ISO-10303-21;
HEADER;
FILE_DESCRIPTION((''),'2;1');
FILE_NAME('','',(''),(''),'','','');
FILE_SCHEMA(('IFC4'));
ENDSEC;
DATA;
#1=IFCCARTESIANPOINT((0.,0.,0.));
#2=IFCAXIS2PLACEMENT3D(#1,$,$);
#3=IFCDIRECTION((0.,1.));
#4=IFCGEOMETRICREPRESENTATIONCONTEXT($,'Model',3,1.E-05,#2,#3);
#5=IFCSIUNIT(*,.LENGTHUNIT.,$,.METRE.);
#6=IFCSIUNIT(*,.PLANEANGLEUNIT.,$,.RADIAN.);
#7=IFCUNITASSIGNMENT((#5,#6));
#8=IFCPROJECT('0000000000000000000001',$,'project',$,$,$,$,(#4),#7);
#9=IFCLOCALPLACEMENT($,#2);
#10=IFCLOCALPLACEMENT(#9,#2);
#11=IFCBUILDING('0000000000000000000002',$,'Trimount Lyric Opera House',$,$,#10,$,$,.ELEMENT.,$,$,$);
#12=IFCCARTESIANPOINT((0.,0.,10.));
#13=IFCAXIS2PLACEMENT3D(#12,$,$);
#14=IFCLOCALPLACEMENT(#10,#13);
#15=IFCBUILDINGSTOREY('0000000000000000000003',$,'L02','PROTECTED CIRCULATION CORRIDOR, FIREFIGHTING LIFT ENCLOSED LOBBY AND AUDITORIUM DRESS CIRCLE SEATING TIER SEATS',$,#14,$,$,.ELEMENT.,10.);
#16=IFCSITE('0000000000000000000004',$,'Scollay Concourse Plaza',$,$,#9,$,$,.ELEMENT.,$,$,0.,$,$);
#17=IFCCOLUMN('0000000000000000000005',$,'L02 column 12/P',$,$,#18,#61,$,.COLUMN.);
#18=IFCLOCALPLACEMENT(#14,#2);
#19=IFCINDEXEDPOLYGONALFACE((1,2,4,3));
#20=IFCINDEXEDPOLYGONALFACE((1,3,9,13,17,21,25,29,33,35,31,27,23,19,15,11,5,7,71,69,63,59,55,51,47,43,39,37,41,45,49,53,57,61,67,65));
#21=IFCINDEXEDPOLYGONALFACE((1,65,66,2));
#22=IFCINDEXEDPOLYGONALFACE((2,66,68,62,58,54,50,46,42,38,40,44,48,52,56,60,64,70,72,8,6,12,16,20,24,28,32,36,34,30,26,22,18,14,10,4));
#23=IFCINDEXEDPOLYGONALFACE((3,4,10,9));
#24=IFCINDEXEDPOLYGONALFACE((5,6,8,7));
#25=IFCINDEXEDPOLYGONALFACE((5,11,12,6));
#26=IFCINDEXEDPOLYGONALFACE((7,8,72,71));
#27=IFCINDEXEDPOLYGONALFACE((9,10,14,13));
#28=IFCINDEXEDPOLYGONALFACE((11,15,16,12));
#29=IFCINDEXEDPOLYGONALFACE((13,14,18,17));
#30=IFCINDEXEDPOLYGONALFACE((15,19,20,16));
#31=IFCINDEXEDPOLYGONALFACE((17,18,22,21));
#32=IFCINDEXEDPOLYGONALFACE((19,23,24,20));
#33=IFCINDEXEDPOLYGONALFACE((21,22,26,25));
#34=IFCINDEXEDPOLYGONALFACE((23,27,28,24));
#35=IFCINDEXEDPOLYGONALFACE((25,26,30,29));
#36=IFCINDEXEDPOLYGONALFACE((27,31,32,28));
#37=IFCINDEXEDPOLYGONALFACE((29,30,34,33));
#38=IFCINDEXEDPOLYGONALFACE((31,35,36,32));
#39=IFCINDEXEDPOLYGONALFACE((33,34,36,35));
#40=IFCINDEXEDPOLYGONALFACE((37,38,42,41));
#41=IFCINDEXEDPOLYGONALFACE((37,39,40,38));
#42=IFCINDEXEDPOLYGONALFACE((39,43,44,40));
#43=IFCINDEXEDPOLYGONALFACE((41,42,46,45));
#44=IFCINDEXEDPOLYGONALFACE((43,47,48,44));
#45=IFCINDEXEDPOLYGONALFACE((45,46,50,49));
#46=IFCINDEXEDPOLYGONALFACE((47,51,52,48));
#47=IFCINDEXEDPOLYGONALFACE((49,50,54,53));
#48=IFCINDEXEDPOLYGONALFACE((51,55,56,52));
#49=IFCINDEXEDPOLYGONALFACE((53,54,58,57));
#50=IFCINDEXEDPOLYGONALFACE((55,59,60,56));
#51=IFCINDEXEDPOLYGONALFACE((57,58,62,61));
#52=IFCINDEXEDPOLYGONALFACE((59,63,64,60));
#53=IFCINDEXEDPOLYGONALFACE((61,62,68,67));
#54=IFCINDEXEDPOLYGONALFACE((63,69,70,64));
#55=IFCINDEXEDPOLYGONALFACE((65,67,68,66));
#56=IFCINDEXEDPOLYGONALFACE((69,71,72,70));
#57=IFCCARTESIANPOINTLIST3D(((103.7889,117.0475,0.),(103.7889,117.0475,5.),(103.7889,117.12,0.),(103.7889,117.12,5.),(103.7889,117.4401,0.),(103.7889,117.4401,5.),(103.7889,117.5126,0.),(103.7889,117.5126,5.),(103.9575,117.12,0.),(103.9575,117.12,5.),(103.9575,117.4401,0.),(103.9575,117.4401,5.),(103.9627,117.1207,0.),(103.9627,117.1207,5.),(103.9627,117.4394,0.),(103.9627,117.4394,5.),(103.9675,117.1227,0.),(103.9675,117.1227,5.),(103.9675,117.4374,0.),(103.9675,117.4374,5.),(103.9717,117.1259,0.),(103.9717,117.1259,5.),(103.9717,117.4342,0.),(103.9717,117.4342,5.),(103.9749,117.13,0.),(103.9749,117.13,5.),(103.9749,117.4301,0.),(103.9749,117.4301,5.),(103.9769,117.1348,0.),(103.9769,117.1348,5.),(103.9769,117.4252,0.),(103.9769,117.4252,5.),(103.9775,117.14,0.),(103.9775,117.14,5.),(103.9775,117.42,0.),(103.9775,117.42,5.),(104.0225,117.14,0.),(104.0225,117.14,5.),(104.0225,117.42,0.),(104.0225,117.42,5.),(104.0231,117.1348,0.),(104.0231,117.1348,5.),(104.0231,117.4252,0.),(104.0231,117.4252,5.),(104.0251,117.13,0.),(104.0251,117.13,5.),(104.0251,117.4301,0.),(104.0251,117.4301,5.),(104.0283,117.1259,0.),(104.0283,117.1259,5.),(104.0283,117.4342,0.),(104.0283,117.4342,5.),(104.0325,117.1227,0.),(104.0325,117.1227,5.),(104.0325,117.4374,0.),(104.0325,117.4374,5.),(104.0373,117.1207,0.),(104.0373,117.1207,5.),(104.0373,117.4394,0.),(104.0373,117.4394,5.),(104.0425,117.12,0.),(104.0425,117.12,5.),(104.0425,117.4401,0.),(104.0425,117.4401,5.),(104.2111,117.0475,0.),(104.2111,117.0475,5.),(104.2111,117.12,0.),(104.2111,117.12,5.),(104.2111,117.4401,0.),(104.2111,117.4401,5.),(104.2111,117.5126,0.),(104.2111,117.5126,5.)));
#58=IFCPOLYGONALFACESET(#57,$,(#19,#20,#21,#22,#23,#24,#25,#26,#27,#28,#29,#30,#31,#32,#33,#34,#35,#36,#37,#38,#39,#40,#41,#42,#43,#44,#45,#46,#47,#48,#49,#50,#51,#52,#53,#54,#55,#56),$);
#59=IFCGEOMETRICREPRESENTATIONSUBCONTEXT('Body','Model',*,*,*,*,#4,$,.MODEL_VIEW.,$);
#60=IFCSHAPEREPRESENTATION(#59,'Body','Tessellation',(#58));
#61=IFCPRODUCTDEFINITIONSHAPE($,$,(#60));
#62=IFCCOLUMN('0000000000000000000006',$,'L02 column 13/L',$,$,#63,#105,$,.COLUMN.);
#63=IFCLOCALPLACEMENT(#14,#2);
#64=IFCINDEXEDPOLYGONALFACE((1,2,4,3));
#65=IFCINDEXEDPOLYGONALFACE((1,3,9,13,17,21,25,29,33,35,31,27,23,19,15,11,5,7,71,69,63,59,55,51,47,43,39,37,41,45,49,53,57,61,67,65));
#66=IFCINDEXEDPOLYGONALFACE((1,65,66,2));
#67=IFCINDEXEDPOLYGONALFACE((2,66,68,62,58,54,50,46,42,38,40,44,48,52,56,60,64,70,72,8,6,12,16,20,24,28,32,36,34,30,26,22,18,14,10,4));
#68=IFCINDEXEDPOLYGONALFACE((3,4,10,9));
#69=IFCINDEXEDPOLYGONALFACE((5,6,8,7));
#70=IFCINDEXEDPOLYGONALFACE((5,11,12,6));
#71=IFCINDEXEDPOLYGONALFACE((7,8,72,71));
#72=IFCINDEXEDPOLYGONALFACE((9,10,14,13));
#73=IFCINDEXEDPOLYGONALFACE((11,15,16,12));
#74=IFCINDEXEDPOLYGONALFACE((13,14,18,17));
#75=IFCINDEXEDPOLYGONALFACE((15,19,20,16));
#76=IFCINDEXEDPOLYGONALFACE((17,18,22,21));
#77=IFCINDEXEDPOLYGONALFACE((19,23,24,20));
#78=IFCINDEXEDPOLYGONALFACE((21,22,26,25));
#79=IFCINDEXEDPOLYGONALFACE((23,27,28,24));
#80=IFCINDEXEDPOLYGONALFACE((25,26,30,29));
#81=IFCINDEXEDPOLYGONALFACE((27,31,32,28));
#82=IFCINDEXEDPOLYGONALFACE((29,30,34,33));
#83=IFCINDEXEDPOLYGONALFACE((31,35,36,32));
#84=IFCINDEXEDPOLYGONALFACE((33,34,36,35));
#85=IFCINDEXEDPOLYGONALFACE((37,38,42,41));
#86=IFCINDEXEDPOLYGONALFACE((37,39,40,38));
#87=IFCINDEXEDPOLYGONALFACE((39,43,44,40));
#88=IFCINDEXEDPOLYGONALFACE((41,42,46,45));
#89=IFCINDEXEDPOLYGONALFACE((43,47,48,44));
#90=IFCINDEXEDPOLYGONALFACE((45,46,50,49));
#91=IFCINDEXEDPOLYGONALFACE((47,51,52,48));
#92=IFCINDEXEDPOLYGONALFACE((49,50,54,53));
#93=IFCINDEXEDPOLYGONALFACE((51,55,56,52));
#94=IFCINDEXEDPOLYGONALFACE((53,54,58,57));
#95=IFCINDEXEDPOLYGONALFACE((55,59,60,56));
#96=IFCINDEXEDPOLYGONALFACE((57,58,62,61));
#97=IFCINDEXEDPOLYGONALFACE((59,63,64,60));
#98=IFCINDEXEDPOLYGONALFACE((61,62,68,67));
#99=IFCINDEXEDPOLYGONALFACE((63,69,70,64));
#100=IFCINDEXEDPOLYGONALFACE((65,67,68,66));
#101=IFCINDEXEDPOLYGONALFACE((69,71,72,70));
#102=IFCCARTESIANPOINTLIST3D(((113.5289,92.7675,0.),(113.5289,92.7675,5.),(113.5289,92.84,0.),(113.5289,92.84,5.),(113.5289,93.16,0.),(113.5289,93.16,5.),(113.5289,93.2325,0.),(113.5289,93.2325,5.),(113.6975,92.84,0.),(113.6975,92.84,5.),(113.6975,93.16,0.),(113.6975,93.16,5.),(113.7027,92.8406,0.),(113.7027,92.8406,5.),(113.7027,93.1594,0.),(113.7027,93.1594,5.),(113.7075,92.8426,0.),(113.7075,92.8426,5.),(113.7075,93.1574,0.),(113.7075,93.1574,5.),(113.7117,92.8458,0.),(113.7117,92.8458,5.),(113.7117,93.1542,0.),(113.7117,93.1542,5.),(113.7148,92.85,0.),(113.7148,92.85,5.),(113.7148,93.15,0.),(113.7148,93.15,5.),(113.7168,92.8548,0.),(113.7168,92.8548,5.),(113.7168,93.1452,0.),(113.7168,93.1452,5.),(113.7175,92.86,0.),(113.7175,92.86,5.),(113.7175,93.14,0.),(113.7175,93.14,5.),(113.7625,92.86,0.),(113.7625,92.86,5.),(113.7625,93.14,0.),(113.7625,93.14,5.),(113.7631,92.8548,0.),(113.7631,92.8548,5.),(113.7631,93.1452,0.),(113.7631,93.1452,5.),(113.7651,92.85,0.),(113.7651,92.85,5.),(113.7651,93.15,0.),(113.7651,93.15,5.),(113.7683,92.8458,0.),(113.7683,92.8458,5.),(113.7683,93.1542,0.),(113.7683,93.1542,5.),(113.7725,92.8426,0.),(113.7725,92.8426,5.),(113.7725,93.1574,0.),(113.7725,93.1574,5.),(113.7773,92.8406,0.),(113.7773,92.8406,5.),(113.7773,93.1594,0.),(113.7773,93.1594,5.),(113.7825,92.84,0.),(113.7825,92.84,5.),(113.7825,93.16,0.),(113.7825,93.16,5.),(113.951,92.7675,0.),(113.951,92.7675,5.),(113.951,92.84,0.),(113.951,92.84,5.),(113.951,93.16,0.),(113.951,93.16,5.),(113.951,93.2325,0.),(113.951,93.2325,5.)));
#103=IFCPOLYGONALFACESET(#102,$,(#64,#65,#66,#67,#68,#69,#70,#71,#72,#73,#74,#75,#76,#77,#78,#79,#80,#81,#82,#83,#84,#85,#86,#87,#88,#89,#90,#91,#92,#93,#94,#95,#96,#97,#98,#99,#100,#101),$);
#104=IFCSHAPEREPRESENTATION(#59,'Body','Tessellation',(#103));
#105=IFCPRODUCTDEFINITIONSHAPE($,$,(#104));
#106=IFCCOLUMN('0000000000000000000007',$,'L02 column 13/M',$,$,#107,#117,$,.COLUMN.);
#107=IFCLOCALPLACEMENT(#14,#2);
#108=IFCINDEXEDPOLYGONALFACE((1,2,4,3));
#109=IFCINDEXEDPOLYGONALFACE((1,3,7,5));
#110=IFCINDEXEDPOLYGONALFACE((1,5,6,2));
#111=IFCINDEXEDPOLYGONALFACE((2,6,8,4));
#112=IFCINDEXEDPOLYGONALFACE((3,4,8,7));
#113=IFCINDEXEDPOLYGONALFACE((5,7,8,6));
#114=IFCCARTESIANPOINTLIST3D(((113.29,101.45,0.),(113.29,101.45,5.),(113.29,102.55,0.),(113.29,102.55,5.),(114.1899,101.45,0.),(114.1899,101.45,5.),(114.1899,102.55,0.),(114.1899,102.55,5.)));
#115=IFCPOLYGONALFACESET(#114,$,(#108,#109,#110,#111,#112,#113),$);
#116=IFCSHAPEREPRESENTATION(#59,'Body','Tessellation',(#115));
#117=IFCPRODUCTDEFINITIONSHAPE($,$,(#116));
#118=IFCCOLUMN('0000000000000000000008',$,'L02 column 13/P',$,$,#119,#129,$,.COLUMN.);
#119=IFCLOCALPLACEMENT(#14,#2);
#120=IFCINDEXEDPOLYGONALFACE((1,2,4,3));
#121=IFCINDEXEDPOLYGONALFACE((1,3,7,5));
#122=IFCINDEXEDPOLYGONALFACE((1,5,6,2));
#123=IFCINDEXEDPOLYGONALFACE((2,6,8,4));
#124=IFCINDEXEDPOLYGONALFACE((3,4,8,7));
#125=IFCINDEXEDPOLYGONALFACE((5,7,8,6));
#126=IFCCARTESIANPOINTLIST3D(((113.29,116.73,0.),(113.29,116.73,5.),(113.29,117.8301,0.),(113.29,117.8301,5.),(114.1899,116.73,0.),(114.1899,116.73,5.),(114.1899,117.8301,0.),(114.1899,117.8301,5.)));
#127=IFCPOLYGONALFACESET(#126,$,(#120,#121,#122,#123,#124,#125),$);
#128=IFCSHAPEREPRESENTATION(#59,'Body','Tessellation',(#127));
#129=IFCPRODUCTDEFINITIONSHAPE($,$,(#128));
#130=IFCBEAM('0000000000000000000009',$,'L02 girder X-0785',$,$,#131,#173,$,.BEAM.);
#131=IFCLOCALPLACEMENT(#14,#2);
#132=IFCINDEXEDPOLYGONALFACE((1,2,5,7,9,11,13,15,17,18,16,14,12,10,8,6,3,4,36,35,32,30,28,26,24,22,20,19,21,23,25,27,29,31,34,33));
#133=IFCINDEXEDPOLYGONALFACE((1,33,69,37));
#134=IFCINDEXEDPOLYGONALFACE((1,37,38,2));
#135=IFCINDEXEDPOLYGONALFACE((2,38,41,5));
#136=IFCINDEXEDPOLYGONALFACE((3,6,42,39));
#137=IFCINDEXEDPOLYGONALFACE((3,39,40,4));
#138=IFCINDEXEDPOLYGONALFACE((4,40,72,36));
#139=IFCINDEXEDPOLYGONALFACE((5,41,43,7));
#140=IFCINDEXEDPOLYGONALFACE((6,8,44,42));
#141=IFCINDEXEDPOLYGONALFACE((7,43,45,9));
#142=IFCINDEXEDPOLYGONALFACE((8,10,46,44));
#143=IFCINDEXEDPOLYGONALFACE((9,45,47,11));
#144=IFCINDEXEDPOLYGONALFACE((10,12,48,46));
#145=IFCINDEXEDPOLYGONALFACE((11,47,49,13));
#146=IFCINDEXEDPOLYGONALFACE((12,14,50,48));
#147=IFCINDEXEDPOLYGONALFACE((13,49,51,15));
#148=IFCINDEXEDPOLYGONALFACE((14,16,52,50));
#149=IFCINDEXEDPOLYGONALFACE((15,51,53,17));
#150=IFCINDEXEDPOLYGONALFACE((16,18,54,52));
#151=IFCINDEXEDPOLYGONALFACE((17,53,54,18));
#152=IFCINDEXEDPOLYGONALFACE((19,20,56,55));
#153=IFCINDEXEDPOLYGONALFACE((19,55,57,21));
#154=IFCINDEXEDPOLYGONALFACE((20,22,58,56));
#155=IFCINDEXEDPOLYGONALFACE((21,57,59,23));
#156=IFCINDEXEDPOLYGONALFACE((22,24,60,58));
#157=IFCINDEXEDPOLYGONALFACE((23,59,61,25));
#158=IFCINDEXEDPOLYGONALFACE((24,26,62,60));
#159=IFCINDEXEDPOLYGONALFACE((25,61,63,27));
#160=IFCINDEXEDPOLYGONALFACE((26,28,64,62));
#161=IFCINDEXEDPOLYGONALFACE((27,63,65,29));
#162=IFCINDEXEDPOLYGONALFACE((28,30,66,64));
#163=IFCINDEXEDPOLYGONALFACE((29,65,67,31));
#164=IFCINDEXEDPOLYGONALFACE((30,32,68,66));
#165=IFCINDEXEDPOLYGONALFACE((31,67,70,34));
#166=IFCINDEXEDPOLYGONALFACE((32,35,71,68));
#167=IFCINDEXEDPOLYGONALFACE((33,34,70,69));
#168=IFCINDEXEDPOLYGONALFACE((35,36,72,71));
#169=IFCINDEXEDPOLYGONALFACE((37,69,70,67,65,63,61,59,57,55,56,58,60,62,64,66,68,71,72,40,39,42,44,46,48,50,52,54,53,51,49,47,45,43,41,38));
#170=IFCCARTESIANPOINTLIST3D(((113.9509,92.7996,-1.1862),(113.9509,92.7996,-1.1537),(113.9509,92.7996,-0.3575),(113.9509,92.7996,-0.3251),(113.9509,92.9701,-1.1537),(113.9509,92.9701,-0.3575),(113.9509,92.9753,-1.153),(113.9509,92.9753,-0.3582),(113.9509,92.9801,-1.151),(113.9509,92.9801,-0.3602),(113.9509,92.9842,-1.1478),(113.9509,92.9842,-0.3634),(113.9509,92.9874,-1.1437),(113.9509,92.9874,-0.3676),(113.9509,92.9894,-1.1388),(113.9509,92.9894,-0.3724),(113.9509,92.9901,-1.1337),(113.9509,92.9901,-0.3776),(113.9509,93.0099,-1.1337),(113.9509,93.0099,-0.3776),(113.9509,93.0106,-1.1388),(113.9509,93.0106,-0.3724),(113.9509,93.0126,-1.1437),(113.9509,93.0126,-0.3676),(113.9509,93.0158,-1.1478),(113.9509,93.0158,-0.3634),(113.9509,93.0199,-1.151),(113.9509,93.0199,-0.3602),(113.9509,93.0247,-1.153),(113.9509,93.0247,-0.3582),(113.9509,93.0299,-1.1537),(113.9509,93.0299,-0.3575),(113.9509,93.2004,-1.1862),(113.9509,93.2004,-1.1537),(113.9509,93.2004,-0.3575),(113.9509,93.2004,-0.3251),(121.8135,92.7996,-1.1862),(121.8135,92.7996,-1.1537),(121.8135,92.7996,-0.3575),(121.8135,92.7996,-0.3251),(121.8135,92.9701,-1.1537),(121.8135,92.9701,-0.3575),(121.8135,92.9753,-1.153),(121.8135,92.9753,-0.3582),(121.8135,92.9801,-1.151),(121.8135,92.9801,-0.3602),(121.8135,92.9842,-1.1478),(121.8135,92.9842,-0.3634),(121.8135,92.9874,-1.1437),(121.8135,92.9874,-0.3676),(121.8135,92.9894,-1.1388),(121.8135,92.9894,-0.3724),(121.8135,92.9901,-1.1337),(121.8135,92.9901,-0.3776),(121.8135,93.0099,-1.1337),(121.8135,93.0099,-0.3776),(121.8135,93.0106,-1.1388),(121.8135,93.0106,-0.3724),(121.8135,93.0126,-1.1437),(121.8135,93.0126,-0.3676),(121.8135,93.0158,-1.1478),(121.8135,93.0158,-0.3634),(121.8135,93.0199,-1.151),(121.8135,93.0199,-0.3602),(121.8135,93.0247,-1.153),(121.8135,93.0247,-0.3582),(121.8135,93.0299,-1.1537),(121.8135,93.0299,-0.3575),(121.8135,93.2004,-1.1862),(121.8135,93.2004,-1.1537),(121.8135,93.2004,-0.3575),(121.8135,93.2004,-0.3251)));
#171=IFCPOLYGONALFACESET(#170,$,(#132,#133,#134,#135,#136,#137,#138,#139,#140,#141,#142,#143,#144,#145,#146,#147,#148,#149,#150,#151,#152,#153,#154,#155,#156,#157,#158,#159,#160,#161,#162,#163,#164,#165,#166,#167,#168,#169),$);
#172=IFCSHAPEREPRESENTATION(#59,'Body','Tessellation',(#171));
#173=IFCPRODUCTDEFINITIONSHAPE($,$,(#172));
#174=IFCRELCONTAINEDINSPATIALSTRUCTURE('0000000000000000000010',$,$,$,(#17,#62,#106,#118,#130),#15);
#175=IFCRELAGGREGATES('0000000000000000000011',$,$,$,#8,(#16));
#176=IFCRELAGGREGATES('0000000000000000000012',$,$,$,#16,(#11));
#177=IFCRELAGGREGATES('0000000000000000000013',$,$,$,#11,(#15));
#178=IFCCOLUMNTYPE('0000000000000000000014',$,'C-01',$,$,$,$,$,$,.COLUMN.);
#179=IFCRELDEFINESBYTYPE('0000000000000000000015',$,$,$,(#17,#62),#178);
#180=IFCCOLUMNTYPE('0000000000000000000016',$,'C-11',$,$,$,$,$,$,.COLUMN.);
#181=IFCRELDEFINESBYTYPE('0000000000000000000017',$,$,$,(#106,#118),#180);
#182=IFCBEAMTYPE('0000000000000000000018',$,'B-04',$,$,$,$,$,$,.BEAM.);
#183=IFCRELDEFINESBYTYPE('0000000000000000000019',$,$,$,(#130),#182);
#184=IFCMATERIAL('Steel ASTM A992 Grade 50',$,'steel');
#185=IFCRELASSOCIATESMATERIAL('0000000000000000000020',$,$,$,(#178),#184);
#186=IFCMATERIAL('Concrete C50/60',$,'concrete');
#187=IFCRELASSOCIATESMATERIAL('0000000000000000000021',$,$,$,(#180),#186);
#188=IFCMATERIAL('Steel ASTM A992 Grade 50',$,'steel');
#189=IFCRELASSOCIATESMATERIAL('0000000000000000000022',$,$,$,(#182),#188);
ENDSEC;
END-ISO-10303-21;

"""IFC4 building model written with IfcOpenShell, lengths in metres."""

from ifc_helpers import new_model, si_unit, direction, frame, origin, origin_2d, place, context, subcontext, project, spatial, rectangle, i_section, extrude, material, material_profile, profile_set, type_object, element, save


model = new_model("IFC4")

# Units and contexts
model_context = context("Model", 3, precision=1e-05, world=origin(), true_north=direction((0.0, 1.0)))
body_context = subcontext(model_context, "Body", "Model", "MODEL_VIEW")
ifc_project = project(units=[si_unit("LENGTHUNIT", "METRE"), si_unit("PLANEANGLEUNIT", "RADIAN")], contexts=[model_context])

# Site, building, storey
site_placement = place(None, origin())
site = spatial("IfcSite", under=ifc_project, at=site_placement, Name="Scollay Concourse Plaza", CompositionType="ELEMENT", RefElevation=0.0)
building_placement = place(site_placement, origin())
building = spatial("IfcBuilding", under=site, at=building_placement, Name="Trimount Lyric Opera House", CompositionType="ELEMENT")
storey_placement = place(building_placement, frame((0.0, 0.0, 10.0)))
storey = spatial("IfcBuildingStorey", under=building, at=storey_placement, Name="L02", Description="PROTECTED CIRCULATION CORRIDOR, FIREFIGHTING LIFT ENCLOSED LOBBY AND AUDITORIUM DRESS CIRCLE SEATING TIER SEATS", CompositionType="ELEMENT", Elevation=10.0)

# Columns
ifc_material_1 = material(Name="Steel ASTM A992 Grade 50", Category="steel")
ifc_material_profile_1 = material_profile(ifc_material_1, i_section(OverallWidth=0.4221, OverallDepth=0.4651, WebThickness=0.0449, FlangeThickness=0.0725, FilletRadius=0.02, at=origin_2d()), Name="W14X398")
ifc_profile_set_1 = profile_set([ifc_material_profile_1], Name="Steel ASTM A992 Grade 50")
column_type_1 = type_object("IfcColumnType", Name="C-01", PredefinedType="COLUMN", material=ifc_profile_set_1)
for number, where, z_axis, x_axis, name in (
    (1, (104.0, 117.28, 0.0), (0.0, 0.0, 1.0), (1.0, 0.0, 0.0), "L02 column 12/P"),
    (2, (113.74, 93.0, 0.0), (0.0, 0.0, 1.0), (1.0, 0.0, 0.0), "L02 column 13/L"),
):
    element("IfcColumn", number, at=place(storey_placement, frame(where, z_axis=z_axis, x_axis=x_axis)), inside=storey, type_object=column_type_1, Name=name, PredefinedType="COLUMN", context=body_context, shape_type="SweptSolid", body=[
        extrude(i_section(OverallWidth=0.4221, OverallDepth=0.4651, WebThickness=0.0449, FlangeThickness=0.0725, FilletRadius=0.02, at=origin_2d()), origin(), (0.0, 0.0, 1.0), 5.0),
    ])
ifc_material_2 = material(Name="Concrete C50/60", Category="concrete")
ifc_material_profile_2 = material_profile(ifc_material_2, rectangle(XDim=0.8999, YDim=1.1001, at=origin_2d()), Name="RC1100X900")
ifc_profile_set_2 = profile_set([ifc_material_profile_2], Name="Concrete C50/60")
column_type_2 = type_object("IfcColumnType", Name="C-11", PredefinedType="COLUMN", material=ifc_profile_set_2)
for number, where, z_axis, x_axis, name in (
    (3, (113.74, 102.0, 0.0), (0.0, 0.0, 1.0), (1.0, 0.0, 0.0), "L02 column 13/M"),
    (4, (113.74, 117.28, 0.0), (0.0, 0.0, 1.0), (1.0, 0.0, 0.0), "L02 column 13/P"),
):
    element("IfcColumn", number, at=place(storey_placement, frame(where, z_axis=z_axis, x_axis=x_axis)), inside=storey, type_object=column_type_2, Name=name, PredefinedType="COLUMN", context=body_context, shape_type="SweptSolid", body=[
        extrude(rectangle(XDim=0.8999, YDim=1.1001, at=origin_2d()), origin(), (0.0, 0.0, 1.0), 5.0),
    ])

# Beam
ifc_material_3 = material(Name="Steel ASTM A992 Grade 50", Category="steel")
ifc_material_profile_3 = material_profile(ifc_material_3, i_section(OverallWidth=0.4009, OverallDepth=0.8611, WebThickness=0.0198, FlangeThickness=0.0325, FilletRadius=0.02, at=origin_2d()), Name="W33X221")
ifc_profile_set_3 = profile_set([ifc_material_profile_3], Name="Steel ASTM A992 Grade 50")
beam_type_1 = type_object("IfcBeamType", Name="B-04", PredefinedType="BEAM", material=ifc_profile_set_3)
beam_1_placement = place(storey_placement, frame((113.9509, 93.0, -0.7556), z_axis=(1.0, 0.0, 0.0), x_axis=(0.0, 1.0, 0.0)))
element("IfcBeam", 5, at=beam_1_placement, inside=storey, type_object=beam_type_1, Name="L02 girder X-0785", PredefinedType="BEAM", context=body_context, shape_type="SweptSolid", body=[
    extrude(i_section(OverallWidth=0.4009, OverallDepth=0.8611, WebThickness=0.0198, FlangeThickness=0.0325, FilletRadius=0.02, at=origin_2d()), origin(), (0.0, 0.0, 1.0), 7.8625),
])

save(model, "model.ifc")
